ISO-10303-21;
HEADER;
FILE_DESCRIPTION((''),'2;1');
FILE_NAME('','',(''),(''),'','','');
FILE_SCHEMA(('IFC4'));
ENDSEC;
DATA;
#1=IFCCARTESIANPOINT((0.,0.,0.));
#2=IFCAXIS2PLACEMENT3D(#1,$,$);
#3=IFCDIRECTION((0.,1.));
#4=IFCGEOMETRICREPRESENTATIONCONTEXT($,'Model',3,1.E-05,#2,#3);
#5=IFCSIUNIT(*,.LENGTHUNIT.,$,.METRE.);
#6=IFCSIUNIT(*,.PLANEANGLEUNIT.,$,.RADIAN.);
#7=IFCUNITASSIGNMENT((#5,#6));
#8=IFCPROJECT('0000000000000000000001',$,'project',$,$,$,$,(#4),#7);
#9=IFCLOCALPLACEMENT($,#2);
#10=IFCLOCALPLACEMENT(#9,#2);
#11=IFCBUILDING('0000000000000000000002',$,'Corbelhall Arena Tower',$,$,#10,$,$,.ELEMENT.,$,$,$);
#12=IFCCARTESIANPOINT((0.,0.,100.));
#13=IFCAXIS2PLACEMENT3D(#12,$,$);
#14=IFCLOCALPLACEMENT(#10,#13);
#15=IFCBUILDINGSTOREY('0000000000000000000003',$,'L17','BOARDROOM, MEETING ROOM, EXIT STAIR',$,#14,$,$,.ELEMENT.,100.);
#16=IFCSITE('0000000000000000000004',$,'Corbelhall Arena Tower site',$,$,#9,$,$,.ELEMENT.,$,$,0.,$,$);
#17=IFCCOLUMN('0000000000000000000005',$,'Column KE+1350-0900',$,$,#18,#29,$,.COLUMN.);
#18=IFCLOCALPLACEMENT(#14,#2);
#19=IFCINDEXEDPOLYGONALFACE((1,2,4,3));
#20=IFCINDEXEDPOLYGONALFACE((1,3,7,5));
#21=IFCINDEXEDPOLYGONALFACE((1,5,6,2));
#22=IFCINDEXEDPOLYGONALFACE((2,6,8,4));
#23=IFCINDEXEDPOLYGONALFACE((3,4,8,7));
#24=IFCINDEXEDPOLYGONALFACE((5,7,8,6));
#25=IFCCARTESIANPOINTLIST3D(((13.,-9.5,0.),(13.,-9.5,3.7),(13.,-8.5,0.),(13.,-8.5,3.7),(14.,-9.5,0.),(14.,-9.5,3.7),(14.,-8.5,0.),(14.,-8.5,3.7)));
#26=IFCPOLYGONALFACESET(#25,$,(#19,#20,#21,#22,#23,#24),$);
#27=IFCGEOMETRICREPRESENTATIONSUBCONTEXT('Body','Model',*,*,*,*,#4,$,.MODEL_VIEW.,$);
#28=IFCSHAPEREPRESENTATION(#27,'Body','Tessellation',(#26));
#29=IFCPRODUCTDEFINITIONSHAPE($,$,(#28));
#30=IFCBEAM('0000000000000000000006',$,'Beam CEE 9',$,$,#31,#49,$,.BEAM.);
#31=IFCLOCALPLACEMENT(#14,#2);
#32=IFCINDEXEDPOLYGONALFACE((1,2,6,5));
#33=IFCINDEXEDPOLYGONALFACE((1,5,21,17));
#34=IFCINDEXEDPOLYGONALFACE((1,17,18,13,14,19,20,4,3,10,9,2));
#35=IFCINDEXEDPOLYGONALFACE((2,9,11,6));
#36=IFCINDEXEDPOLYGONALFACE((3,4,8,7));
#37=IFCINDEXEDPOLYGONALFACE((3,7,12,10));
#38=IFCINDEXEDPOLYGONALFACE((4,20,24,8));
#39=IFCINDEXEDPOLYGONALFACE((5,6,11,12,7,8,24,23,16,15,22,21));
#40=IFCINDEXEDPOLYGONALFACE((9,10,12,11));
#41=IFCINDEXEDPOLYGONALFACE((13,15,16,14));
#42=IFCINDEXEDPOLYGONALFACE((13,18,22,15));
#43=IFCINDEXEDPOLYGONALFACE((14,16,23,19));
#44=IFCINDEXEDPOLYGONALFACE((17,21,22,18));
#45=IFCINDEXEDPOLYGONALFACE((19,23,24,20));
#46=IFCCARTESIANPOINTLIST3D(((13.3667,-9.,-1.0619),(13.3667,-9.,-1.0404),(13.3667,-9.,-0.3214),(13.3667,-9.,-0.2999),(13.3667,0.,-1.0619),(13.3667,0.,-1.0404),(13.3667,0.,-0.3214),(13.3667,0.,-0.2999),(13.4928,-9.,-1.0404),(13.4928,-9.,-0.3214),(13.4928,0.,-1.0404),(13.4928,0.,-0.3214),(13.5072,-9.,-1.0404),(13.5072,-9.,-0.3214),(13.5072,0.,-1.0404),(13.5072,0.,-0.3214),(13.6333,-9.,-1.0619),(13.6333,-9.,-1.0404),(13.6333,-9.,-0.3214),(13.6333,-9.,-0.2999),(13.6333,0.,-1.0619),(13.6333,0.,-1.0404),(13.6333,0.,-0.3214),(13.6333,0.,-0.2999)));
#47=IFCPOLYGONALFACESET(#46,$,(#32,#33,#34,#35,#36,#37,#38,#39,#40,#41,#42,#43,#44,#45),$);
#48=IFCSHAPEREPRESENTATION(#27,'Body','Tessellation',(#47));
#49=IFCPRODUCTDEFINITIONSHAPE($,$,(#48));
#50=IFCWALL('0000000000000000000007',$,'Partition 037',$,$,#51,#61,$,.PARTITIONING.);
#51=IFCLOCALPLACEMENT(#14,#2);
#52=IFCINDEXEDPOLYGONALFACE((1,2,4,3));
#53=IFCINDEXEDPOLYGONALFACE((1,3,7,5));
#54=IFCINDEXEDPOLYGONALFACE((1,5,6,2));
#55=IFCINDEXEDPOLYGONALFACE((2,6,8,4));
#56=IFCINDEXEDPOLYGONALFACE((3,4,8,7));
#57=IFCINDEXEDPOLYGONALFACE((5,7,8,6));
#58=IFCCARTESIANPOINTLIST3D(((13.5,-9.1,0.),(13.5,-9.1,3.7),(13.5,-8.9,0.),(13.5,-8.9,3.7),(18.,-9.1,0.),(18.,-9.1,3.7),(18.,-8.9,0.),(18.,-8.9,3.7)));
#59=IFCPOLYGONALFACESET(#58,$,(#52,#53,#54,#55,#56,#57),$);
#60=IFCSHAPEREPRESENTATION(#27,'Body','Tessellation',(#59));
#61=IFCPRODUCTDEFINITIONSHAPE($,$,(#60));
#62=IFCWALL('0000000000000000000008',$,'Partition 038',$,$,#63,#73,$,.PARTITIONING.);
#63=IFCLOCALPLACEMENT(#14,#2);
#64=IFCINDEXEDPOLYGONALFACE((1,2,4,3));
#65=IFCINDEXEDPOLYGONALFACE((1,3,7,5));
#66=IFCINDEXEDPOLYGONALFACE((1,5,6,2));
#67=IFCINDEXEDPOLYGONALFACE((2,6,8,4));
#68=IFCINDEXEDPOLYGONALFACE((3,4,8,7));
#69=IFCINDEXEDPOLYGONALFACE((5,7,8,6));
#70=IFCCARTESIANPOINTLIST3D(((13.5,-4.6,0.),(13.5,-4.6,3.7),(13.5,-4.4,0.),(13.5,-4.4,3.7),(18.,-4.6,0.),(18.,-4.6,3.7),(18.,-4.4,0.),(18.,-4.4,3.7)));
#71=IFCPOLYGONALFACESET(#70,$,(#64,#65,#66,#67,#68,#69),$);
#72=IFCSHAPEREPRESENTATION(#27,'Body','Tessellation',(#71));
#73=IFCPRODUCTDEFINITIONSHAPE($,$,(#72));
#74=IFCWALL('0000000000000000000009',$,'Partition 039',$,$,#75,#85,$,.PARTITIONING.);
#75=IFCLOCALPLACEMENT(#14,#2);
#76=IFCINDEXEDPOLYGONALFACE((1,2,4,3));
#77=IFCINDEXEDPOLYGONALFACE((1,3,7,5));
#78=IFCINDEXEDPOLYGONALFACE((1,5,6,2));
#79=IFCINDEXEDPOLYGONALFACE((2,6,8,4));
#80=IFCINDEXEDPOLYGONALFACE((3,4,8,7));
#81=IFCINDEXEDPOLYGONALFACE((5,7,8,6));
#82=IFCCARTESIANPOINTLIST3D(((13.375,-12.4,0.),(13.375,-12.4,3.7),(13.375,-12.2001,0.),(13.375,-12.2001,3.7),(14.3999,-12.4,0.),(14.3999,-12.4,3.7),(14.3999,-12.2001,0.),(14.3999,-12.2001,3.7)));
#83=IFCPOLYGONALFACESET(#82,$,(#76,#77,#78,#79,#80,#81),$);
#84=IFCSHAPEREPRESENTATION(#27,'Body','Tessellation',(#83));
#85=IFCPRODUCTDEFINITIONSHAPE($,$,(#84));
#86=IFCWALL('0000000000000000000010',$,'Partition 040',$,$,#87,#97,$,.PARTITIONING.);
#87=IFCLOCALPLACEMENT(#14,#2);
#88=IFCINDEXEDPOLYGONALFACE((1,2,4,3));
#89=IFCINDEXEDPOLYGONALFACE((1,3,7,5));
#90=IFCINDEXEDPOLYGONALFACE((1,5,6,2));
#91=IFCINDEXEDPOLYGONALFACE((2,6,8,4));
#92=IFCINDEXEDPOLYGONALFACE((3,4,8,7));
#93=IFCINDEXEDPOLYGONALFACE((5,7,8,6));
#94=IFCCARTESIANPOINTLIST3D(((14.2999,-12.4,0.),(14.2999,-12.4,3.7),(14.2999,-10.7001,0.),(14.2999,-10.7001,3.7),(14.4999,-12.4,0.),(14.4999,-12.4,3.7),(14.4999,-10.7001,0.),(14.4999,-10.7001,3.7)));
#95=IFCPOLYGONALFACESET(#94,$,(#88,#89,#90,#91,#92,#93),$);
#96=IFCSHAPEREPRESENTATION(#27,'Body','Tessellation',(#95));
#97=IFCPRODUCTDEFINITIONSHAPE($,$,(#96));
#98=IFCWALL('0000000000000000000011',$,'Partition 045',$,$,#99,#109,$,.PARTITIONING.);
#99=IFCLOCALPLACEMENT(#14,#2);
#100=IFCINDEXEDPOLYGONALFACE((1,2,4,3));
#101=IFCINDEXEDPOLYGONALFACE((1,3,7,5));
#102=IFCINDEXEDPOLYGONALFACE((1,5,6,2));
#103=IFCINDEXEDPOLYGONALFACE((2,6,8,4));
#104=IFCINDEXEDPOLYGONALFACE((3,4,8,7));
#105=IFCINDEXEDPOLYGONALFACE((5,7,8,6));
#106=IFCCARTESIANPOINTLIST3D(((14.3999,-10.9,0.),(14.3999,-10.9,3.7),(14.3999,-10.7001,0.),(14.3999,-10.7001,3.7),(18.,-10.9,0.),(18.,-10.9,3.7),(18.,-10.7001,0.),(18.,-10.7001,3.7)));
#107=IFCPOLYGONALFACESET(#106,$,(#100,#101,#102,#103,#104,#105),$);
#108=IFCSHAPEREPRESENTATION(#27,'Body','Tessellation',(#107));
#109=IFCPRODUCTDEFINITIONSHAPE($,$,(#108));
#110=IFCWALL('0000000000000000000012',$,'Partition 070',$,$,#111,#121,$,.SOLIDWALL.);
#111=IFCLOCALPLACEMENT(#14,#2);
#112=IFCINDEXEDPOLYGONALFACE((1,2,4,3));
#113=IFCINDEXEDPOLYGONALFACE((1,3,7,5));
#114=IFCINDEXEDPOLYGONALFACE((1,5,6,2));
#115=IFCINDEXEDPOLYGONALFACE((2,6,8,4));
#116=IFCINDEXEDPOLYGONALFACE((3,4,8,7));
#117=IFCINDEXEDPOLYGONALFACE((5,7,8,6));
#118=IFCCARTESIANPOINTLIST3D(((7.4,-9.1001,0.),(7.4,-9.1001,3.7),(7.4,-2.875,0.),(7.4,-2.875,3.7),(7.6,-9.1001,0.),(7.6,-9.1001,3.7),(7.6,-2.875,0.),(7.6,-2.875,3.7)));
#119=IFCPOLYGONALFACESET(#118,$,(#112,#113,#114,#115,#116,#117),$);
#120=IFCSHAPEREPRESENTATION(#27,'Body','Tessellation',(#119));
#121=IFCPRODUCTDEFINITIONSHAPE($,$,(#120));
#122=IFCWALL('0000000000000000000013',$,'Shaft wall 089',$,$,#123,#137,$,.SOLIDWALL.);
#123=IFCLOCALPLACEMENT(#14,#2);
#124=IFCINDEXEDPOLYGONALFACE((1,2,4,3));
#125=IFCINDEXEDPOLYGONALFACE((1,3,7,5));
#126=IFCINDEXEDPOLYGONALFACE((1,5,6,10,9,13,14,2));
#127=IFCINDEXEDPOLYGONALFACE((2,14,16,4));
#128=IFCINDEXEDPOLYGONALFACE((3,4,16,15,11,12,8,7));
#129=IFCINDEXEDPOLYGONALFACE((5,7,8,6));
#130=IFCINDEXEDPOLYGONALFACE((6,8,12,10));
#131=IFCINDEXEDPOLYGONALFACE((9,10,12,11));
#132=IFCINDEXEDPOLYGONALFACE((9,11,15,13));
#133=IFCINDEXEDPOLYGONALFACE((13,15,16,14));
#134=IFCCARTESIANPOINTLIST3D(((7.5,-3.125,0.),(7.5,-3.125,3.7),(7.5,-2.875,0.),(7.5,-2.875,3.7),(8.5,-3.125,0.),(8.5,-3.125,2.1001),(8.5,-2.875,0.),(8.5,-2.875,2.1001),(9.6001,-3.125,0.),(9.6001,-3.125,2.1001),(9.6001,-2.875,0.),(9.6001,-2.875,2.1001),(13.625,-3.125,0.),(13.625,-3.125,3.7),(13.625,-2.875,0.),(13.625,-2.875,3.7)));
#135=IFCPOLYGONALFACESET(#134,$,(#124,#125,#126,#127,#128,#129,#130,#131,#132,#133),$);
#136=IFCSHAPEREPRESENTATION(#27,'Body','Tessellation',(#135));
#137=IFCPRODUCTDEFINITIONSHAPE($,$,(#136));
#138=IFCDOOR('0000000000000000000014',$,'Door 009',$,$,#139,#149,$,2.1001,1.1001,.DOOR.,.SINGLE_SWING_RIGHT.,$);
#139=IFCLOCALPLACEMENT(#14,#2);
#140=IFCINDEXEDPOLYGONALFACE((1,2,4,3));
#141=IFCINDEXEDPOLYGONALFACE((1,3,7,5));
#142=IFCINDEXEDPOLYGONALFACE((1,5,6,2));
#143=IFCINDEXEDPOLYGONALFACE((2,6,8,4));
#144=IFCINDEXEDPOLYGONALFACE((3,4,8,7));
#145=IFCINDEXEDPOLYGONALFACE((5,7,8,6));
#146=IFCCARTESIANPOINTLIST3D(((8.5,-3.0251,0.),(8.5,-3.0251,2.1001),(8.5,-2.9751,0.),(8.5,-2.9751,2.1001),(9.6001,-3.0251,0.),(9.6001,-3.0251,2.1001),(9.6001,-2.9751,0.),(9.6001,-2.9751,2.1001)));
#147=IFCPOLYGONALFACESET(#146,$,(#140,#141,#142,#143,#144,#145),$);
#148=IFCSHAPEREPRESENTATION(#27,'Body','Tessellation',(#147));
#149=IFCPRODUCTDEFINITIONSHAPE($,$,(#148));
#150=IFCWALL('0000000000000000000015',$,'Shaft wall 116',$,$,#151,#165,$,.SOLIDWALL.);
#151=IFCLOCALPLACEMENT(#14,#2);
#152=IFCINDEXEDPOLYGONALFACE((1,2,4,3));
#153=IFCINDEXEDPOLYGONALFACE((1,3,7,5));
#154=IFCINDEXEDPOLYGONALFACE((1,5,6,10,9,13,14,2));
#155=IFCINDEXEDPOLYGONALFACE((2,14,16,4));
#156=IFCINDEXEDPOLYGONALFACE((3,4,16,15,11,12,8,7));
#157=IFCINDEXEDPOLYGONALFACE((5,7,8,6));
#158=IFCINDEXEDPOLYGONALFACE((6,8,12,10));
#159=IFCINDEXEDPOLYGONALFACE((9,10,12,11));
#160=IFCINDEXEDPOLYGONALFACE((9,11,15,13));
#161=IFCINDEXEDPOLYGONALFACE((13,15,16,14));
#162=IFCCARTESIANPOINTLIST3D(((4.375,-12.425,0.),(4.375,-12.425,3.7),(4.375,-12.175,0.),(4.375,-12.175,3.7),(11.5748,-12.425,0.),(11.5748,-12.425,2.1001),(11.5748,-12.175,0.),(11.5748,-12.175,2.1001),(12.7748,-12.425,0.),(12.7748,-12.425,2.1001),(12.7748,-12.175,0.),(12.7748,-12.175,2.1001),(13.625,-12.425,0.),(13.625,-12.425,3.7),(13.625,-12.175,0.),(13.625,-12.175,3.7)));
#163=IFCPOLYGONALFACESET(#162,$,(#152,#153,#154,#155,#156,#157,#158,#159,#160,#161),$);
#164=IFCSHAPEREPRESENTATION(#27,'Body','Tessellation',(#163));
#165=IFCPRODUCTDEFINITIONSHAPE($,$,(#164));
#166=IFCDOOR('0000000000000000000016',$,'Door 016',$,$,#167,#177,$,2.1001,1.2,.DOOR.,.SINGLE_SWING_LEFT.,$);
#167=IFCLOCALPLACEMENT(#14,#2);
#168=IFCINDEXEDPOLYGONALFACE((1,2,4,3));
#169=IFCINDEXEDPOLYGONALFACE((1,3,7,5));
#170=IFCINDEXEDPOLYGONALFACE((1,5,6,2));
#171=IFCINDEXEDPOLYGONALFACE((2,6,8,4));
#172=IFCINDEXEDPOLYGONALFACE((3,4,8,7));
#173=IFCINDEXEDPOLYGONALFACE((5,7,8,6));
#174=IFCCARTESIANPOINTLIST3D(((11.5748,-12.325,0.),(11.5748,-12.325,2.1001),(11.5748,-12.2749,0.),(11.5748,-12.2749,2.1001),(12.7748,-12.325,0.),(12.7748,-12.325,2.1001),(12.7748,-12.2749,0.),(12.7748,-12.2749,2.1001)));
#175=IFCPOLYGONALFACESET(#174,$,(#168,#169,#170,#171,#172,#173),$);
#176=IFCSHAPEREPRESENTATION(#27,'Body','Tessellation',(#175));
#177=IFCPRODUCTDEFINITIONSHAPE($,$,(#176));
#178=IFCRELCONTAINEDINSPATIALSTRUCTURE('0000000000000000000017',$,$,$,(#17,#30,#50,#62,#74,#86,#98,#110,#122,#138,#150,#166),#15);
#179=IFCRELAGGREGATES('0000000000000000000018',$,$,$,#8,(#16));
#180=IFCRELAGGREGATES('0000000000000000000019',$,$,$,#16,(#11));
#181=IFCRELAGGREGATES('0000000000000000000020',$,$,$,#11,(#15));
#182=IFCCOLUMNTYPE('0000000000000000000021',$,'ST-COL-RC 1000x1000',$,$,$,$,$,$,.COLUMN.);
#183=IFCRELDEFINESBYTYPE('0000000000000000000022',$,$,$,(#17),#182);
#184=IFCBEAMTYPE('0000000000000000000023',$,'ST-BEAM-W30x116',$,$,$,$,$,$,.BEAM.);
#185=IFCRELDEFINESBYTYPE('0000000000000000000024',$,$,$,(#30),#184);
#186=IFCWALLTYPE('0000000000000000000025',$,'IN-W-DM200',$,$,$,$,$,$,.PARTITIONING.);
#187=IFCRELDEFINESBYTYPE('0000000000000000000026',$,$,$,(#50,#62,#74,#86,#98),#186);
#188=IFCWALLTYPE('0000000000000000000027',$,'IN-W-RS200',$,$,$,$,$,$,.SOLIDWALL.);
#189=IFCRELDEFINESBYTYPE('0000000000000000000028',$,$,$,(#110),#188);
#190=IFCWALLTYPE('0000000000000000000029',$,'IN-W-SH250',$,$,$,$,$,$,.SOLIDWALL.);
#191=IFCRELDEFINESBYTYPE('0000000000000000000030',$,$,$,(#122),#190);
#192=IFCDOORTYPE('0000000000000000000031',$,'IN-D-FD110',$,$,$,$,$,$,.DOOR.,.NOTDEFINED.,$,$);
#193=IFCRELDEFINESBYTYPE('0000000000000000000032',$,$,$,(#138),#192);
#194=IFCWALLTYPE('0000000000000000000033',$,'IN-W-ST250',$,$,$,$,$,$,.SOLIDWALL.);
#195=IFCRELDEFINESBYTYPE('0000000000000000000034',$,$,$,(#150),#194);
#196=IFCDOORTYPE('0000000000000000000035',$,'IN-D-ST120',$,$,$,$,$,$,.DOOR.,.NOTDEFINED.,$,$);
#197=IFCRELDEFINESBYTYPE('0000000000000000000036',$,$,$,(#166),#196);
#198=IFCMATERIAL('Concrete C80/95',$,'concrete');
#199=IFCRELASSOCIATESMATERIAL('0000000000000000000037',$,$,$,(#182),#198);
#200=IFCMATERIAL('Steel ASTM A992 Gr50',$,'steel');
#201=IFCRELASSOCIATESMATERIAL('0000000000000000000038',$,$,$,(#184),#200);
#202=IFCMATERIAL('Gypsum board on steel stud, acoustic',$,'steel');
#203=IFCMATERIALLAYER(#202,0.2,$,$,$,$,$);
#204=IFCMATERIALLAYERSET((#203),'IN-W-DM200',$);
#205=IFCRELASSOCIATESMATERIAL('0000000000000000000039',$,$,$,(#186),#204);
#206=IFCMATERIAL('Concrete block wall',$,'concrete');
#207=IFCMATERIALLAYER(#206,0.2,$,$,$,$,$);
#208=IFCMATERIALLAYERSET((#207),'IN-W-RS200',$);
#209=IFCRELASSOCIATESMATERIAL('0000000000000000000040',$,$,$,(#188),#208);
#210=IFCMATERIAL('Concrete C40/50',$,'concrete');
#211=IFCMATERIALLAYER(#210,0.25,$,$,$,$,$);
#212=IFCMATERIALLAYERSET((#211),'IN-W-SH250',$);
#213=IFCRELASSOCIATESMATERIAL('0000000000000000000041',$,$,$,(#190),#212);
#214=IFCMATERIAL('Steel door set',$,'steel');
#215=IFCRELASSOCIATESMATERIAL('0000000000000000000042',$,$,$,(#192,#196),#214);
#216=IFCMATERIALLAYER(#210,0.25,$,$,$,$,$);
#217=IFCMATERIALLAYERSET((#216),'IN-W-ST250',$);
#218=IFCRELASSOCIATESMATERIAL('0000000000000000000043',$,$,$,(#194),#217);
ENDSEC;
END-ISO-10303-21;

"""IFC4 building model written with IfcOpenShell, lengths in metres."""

from ifc_helpers import new_model, si_unit, direction, frame, frame_2d, origin, origin_2d, place, context, subcontext, project, spatial, rectangle, i_section, extrude, material, layer, layer_set, material_profile, profile_set, type_object, element, fill, save


model = new_model("IFC4")

# Units and contexts
model_context = context("Model", 3, precision=1e-05, world=origin(), true_north=direction((0.0, 1.0)))
body_context = subcontext(model_context, "Body", "Model", "MODEL_VIEW")
ifc_project = project(units=[si_unit("LENGTHUNIT", "METRE"), si_unit("PLANEANGLEUNIT", "RADIAN")], contexts=[model_context])

# Site, building, storey
site_placement = place(None, origin())
site = spatial("IfcSite", under=ifc_project, at=site_placement, Name="Corbelhall Arena Tower site", CompositionType="ELEMENT", RefElevation=0.0)
building_placement = place(site_placement, origin())
building = spatial("IfcBuilding", under=site, at=building_placement, Name="Corbelhall Arena Tower", CompositionType="ELEMENT")
storey_placement = place(building_placement, frame((0.0, 0.0, 100.0)))
storey = spatial("IfcBuildingStorey", under=building, at=storey_placement, Name="L17", Description="BOARDROOM, MEETING ROOM, EXIT STAIR", CompositionType="ELEMENT", Elevation=100.0)

# Column
ifc_material_1 = material(Name="Concrete C80/95", Category="concrete")
ifc_material_profile_1 = material_profile(ifc_material_1, rectangle(XDim=1.0, YDim=1.0, at=origin_2d()))
ifc_profile_set_1 = profile_set([ifc_material_profile_1], Name="Concrete C80/95")
column_type = type_object("IfcColumnType", Name="ST-COL-RC 1000x1000", PredefinedType="COLUMN", material=ifc_profile_set_1)
column_placement = place(storey_placement, frame((13.5, -9.0, 0.0), z_axis=(0.0, 0.0, 1.0), x_axis=(1.0, 0.0, 0.0)))
element("IfcColumn", 1, at=column_placement, inside=storey, type_object=column_type, Name="Column KE+1350-0900", PredefinedType="COLUMN", context=body_context, shape_type="SweptSolid", body=[
    extrude(rectangle(XDim=1.0, YDim=1.0, at=origin_2d()), origin(), (0.0, 0.0, 1.0), 3.7),
])

# Beam
ifc_material_2 = material(Name="Steel ASTM A992 Gr50", Category="steel")
ifc_material_profile_2 = material_profile(ifc_material_2, i_section(OverallWidth=0.2666, OverallDepth=0.762, WebThickness=0.0144, FlangeThickness=0.0215, at=origin_2d()))
ifc_profile_set_2 = profile_set([ifc_material_profile_2], Name="Steel ASTM A992 Gr50")
beam_type = type_object("IfcBeamType", Name="ST-BEAM-W30x116", PredefinedType="BEAM", material=ifc_profile_set_2)
beam_placement = place(storey_placement, frame((13.5, -9.0, -0.6809), z_axis=(0.0, 1.0, 0.0), x_axis=(-1.0, 0.0, 0.0)))
element("IfcBeam", 2, at=beam_placement, inside=storey, type_object=beam_type, Name="Beam CEE 9", PredefinedType="BEAM", context=body_context, shape_type="SweptSolid", body=[
    extrude(i_section(OverallWidth=0.2666, OverallDepth=0.762, WebThickness=0.0144, FlangeThickness=0.0215, at=origin_2d()), origin(), (0.0, 0.0, 1.0), 9.0),
])

# Walls
ifc_material_3 = material(Name="Gypsum board on steel stud, acoustic", Category="steel")
ifc_layer_1 = layer(ifc_material_3, 0.2)
ifc_layer_set_1 = layer_set([ifc_layer_1], Name="IN-W-DM200")
wall_type_1 = type_object("IfcWallType", Name="IN-W-DM200", PredefinedType="PARTITIONING", material=ifc_layer_set_1)
for number, where, z_axis, x_axis, name in (
    (3, (13.5, -9.0, 0.0), (0.0, 0.0, 1.0), (1.0, 0.0, 0.0), "Partition 037"),
    (4, (13.5, -4.5, 0.0), (0.0, 0.0, 1.0), (1.0, 0.0, 0.0), "Partition 038"),
):
    element("IfcWall", number, at=place(storey_placement, frame(where, z_axis=z_axis, x_axis=x_axis)), inside=storey, type_object=wall_type_1, Name=name, PredefinedType="PARTITIONING", context=body_context, shape_type="SweptSolid", body=[
        extrude(rectangle(XDim=4.5, YDim=0.2, at=frame_2d((2.25, 0.0))), origin(), (0.0, 0.0, 1.0), 3.7),
    ])
wall_1_placement = place(storey_placement, frame((14.3999, -12.3, 0.0), z_axis=(0.0, 0.0, 1.0), x_axis=(-1.0, 0.0, 0.0)))
element("IfcWall", 5, at=wall_1_placement, inside=storey, type_object=wall_type_1, Name="Partition 039", PredefinedType="PARTITIONING", context=body_context, shape_type="SweptSolid", body=[
    extrude(rectangle(XDim=1.0249, YDim=0.2, at=frame_2d((0.5125, 0.0))), origin(), (0.0, 0.0, 1.0), 3.7),
])
wall_2_placement = place(storey_placement, frame((14.3999, -10.7, 0.0), z_axis=(0.0, 0.0, 1.0), x_axis=(0.0, -1.0, 0.0)))
element("IfcWall", 6, at=wall_2_placement, inside=storey, type_object=wall_type_1, Name="Partition 040", PredefinedType="PARTITIONING", context=body_context, shape_type="SweptSolid", body=[
    extrude(rectangle(XDim=1.7, YDim=0.2, at=frame_2d((0.8501, 0.0))), origin(), (0.0, 0.0, 1.0), 3.7),
])
wall_3_placement = place(storey_placement, frame((18.0, -10.8, 0.0), z_axis=(0.0, 0.0, 1.0), x_axis=(-1.0, 0.0, 0.0)))
element("IfcWall", 7, at=wall_3_placement, inside=storey, type_object=wall_type_1, Name="Partition 045", PredefinedType="PARTITIONING", context=body_context, shape_type="SweptSolid", body=[
    extrude(rectangle(XDim=3.6001, YDim=0.2, at=frame_2d((1.8, 0.0))), origin(), (0.0, 0.0, 1.0), 3.7),
])

# Shared definitions
ifc_material_4 = material(Name="Steel door set", Category="steel")

# Wall
ifc_material_5 = material(Name="Concrete block wall", Category="concrete")
ifc_layer_2 = layer(ifc_material_5, 0.2)
ifc_layer_set_2 = layer_set([ifc_layer_2], Name="IN-W-RS200")
wall_type_2 = type_object("IfcWallType", Name="IN-W-RS200", PredefinedType="SOLIDWALL", material=ifc_layer_set_2)
wall_4_placement = place(storey_placement, frame((7.5, -2.875, 0.0), z_axis=(0.0, 0.0, 1.0), x_axis=(0.0, -1.0, 0.0)))
element("IfcWall", 8, at=wall_4_placement, inside=storey, type_object=wall_type_2, Name="Partition 070", PredefinedType="SOLIDWALL", context=body_context, shape_type="SweptSolid", body=[
    extrude(rectangle(XDim=6.2251, YDim=0.2, at=frame_2d((3.1125, 0.0))), origin(), (0.0, 0.0, 1.0), 3.7),
])

# Walls, openings, doors
ifc_material_6 = material(Name="Concrete C40/50", Category="concrete")
ifc_layer_3 = layer(ifc_material_6, 0.25)
ifc_layer_set_3 = layer_set([ifc_layer_3], Name="IN-W-SH250")
wall_type_3 = type_object("IfcWallType", Name="IN-W-SH250", PredefinedType="SOLIDWALL", material=ifc_layer_set_3)
wall_5_placement = place(storey_placement, frame((7.5, -3.0, 0.0), z_axis=(0.0, 0.0, 1.0), x_axis=(1.0, 0.0, 0.0)))
wall_5 = element("IfcWall", 9, at=wall_5_placement, inside=storey, type_object=wall_type_3, Name="Shaft wall 089", PredefinedType="SOLIDWALL", context=body_context, shape_type="SweptSolid", body=[
    extrude(rectangle(XDim=6.125, YDim=0.25, at=frame_2d((3.0625, 0.0))), origin(), (0.0, 0.0, 1.0), 3.7),
])
opening_1_placement = place(wall_5_placement, frame((1.0, 0.0, 0.0)))
opening_1 = element("IfcOpeningElement", 10, at=opening_1_placement, cuts=wall_5, PredefinedType="OPENING", context=body_context, shape_type="SweptSolid", body=[
    extrude(rectangle(XDim=1.1001, YDim=2.1001, at=frame_2d((0.55, 1.05))), frame((0.0, 0.125, 0.0), z_axis=(0.0, -1.0, 0.0), x_axis=(1.0, 0.0, 0.0)), (0.0, 0.0, 1.0), 0.25),
])
door_type_1 = type_object("IfcDoorType", Name="IN-D-FD110", OperationType="NOTDEFINED", PredefinedType="DOOR", material=ifc_material_4)
door_1_placement = place(opening_1_placement, origin())
door_1 = element("IfcDoor", 11, at=door_1_placement, inside=storey, type_object=door_type_1, Name="Door 009", OperationType="SINGLE_SWING_RIGHT", OverallHeight=2.1001, OverallWidth=1.1001, PredefinedType="DOOR", context=body_context, shape_type="SweptSolid", body=[
    extrude(rectangle(XDim=1.1001, YDim=2.1001, at=frame_2d((0.55, 1.05))), frame((0.0, 0.0249, 0.0), z_axis=(0.0, -1.0, 0.0), x_axis=(1.0, 0.0, 0.0)), (0.0, 0.0, 1.0), 0.05),
])
fill(opening_1, door_1)
ifc_layer_4 = layer(ifc_material_6, 0.25)
ifc_layer_set_4 = layer_set([ifc_layer_4], Name="IN-W-ST250")
wall_type_4 = type_object("IfcWallType", Name="IN-W-ST250", PredefinedType="SOLIDWALL", material=ifc_layer_set_4)
wall_6_placement = place(storey_placement, frame((13.625, -12.3, 0.0), z_axis=(0.0, 0.0, 1.0), x_axis=(-1.0, 0.0, 0.0)))
wall_6 = element("IfcWall", 12, at=wall_6_placement, inside=storey, type_object=wall_type_4, Name="Shaft wall 116", PredefinedType="SOLIDWALL", context=body_context, shape_type="SweptSolid", body=[
    extrude(rectangle(XDim=9.25, YDim=0.25, at=frame_2d((4.625, 0.0))), origin(), (0.0, 0.0, 1.0), 3.7),
])
opening_2_placement = place(wall_6_placement, frame((0.8501, 0.0, 0.0)))
opening_2 = element("IfcOpeningElement", 13, at=opening_2_placement, cuts=wall_6, PredefinedType="OPENING", context=body_context, shape_type="SweptSolid", body=[
    extrude(rectangle(XDim=1.2, YDim=2.1001, at=frame_2d((0.6001, 1.05))), frame((0.0, 0.125, 0.0), z_axis=(0.0, -1.0, 0.0), x_axis=(1.0, 0.0, 0.0)), (0.0, 0.0, 1.0), 0.25),
])
door_type_2 = type_object("IfcDoorType", Name="IN-D-ST120", OperationType="NOTDEFINED", PredefinedType="DOOR", material=ifc_material_4)
door_2_placement = place(opening_2_placement, origin())
door_2 = element("IfcDoor", 14, at=door_2_placement, inside=storey, type_object=door_type_2, Name="Door 016", OperationType="SINGLE_SWING_LEFT", OverallHeight=2.1001, OverallWidth=1.2, PredefinedType="DOOR", context=body_context, shape_type="SweptSolid", body=[
    extrude(rectangle(XDim=1.2, YDim=2.1001, at=frame_2d((0.6001, 1.05))), frame((0.0, 0.0249, 0.0), z_axis=(0.0, -1.0, 0.0), x_axis=(1.0, 0.0, 0.0)), (0.0, 0.0, 1.0), 0.05),
])
fill(opening_2, door_2)

save(model, "model.ifc")
